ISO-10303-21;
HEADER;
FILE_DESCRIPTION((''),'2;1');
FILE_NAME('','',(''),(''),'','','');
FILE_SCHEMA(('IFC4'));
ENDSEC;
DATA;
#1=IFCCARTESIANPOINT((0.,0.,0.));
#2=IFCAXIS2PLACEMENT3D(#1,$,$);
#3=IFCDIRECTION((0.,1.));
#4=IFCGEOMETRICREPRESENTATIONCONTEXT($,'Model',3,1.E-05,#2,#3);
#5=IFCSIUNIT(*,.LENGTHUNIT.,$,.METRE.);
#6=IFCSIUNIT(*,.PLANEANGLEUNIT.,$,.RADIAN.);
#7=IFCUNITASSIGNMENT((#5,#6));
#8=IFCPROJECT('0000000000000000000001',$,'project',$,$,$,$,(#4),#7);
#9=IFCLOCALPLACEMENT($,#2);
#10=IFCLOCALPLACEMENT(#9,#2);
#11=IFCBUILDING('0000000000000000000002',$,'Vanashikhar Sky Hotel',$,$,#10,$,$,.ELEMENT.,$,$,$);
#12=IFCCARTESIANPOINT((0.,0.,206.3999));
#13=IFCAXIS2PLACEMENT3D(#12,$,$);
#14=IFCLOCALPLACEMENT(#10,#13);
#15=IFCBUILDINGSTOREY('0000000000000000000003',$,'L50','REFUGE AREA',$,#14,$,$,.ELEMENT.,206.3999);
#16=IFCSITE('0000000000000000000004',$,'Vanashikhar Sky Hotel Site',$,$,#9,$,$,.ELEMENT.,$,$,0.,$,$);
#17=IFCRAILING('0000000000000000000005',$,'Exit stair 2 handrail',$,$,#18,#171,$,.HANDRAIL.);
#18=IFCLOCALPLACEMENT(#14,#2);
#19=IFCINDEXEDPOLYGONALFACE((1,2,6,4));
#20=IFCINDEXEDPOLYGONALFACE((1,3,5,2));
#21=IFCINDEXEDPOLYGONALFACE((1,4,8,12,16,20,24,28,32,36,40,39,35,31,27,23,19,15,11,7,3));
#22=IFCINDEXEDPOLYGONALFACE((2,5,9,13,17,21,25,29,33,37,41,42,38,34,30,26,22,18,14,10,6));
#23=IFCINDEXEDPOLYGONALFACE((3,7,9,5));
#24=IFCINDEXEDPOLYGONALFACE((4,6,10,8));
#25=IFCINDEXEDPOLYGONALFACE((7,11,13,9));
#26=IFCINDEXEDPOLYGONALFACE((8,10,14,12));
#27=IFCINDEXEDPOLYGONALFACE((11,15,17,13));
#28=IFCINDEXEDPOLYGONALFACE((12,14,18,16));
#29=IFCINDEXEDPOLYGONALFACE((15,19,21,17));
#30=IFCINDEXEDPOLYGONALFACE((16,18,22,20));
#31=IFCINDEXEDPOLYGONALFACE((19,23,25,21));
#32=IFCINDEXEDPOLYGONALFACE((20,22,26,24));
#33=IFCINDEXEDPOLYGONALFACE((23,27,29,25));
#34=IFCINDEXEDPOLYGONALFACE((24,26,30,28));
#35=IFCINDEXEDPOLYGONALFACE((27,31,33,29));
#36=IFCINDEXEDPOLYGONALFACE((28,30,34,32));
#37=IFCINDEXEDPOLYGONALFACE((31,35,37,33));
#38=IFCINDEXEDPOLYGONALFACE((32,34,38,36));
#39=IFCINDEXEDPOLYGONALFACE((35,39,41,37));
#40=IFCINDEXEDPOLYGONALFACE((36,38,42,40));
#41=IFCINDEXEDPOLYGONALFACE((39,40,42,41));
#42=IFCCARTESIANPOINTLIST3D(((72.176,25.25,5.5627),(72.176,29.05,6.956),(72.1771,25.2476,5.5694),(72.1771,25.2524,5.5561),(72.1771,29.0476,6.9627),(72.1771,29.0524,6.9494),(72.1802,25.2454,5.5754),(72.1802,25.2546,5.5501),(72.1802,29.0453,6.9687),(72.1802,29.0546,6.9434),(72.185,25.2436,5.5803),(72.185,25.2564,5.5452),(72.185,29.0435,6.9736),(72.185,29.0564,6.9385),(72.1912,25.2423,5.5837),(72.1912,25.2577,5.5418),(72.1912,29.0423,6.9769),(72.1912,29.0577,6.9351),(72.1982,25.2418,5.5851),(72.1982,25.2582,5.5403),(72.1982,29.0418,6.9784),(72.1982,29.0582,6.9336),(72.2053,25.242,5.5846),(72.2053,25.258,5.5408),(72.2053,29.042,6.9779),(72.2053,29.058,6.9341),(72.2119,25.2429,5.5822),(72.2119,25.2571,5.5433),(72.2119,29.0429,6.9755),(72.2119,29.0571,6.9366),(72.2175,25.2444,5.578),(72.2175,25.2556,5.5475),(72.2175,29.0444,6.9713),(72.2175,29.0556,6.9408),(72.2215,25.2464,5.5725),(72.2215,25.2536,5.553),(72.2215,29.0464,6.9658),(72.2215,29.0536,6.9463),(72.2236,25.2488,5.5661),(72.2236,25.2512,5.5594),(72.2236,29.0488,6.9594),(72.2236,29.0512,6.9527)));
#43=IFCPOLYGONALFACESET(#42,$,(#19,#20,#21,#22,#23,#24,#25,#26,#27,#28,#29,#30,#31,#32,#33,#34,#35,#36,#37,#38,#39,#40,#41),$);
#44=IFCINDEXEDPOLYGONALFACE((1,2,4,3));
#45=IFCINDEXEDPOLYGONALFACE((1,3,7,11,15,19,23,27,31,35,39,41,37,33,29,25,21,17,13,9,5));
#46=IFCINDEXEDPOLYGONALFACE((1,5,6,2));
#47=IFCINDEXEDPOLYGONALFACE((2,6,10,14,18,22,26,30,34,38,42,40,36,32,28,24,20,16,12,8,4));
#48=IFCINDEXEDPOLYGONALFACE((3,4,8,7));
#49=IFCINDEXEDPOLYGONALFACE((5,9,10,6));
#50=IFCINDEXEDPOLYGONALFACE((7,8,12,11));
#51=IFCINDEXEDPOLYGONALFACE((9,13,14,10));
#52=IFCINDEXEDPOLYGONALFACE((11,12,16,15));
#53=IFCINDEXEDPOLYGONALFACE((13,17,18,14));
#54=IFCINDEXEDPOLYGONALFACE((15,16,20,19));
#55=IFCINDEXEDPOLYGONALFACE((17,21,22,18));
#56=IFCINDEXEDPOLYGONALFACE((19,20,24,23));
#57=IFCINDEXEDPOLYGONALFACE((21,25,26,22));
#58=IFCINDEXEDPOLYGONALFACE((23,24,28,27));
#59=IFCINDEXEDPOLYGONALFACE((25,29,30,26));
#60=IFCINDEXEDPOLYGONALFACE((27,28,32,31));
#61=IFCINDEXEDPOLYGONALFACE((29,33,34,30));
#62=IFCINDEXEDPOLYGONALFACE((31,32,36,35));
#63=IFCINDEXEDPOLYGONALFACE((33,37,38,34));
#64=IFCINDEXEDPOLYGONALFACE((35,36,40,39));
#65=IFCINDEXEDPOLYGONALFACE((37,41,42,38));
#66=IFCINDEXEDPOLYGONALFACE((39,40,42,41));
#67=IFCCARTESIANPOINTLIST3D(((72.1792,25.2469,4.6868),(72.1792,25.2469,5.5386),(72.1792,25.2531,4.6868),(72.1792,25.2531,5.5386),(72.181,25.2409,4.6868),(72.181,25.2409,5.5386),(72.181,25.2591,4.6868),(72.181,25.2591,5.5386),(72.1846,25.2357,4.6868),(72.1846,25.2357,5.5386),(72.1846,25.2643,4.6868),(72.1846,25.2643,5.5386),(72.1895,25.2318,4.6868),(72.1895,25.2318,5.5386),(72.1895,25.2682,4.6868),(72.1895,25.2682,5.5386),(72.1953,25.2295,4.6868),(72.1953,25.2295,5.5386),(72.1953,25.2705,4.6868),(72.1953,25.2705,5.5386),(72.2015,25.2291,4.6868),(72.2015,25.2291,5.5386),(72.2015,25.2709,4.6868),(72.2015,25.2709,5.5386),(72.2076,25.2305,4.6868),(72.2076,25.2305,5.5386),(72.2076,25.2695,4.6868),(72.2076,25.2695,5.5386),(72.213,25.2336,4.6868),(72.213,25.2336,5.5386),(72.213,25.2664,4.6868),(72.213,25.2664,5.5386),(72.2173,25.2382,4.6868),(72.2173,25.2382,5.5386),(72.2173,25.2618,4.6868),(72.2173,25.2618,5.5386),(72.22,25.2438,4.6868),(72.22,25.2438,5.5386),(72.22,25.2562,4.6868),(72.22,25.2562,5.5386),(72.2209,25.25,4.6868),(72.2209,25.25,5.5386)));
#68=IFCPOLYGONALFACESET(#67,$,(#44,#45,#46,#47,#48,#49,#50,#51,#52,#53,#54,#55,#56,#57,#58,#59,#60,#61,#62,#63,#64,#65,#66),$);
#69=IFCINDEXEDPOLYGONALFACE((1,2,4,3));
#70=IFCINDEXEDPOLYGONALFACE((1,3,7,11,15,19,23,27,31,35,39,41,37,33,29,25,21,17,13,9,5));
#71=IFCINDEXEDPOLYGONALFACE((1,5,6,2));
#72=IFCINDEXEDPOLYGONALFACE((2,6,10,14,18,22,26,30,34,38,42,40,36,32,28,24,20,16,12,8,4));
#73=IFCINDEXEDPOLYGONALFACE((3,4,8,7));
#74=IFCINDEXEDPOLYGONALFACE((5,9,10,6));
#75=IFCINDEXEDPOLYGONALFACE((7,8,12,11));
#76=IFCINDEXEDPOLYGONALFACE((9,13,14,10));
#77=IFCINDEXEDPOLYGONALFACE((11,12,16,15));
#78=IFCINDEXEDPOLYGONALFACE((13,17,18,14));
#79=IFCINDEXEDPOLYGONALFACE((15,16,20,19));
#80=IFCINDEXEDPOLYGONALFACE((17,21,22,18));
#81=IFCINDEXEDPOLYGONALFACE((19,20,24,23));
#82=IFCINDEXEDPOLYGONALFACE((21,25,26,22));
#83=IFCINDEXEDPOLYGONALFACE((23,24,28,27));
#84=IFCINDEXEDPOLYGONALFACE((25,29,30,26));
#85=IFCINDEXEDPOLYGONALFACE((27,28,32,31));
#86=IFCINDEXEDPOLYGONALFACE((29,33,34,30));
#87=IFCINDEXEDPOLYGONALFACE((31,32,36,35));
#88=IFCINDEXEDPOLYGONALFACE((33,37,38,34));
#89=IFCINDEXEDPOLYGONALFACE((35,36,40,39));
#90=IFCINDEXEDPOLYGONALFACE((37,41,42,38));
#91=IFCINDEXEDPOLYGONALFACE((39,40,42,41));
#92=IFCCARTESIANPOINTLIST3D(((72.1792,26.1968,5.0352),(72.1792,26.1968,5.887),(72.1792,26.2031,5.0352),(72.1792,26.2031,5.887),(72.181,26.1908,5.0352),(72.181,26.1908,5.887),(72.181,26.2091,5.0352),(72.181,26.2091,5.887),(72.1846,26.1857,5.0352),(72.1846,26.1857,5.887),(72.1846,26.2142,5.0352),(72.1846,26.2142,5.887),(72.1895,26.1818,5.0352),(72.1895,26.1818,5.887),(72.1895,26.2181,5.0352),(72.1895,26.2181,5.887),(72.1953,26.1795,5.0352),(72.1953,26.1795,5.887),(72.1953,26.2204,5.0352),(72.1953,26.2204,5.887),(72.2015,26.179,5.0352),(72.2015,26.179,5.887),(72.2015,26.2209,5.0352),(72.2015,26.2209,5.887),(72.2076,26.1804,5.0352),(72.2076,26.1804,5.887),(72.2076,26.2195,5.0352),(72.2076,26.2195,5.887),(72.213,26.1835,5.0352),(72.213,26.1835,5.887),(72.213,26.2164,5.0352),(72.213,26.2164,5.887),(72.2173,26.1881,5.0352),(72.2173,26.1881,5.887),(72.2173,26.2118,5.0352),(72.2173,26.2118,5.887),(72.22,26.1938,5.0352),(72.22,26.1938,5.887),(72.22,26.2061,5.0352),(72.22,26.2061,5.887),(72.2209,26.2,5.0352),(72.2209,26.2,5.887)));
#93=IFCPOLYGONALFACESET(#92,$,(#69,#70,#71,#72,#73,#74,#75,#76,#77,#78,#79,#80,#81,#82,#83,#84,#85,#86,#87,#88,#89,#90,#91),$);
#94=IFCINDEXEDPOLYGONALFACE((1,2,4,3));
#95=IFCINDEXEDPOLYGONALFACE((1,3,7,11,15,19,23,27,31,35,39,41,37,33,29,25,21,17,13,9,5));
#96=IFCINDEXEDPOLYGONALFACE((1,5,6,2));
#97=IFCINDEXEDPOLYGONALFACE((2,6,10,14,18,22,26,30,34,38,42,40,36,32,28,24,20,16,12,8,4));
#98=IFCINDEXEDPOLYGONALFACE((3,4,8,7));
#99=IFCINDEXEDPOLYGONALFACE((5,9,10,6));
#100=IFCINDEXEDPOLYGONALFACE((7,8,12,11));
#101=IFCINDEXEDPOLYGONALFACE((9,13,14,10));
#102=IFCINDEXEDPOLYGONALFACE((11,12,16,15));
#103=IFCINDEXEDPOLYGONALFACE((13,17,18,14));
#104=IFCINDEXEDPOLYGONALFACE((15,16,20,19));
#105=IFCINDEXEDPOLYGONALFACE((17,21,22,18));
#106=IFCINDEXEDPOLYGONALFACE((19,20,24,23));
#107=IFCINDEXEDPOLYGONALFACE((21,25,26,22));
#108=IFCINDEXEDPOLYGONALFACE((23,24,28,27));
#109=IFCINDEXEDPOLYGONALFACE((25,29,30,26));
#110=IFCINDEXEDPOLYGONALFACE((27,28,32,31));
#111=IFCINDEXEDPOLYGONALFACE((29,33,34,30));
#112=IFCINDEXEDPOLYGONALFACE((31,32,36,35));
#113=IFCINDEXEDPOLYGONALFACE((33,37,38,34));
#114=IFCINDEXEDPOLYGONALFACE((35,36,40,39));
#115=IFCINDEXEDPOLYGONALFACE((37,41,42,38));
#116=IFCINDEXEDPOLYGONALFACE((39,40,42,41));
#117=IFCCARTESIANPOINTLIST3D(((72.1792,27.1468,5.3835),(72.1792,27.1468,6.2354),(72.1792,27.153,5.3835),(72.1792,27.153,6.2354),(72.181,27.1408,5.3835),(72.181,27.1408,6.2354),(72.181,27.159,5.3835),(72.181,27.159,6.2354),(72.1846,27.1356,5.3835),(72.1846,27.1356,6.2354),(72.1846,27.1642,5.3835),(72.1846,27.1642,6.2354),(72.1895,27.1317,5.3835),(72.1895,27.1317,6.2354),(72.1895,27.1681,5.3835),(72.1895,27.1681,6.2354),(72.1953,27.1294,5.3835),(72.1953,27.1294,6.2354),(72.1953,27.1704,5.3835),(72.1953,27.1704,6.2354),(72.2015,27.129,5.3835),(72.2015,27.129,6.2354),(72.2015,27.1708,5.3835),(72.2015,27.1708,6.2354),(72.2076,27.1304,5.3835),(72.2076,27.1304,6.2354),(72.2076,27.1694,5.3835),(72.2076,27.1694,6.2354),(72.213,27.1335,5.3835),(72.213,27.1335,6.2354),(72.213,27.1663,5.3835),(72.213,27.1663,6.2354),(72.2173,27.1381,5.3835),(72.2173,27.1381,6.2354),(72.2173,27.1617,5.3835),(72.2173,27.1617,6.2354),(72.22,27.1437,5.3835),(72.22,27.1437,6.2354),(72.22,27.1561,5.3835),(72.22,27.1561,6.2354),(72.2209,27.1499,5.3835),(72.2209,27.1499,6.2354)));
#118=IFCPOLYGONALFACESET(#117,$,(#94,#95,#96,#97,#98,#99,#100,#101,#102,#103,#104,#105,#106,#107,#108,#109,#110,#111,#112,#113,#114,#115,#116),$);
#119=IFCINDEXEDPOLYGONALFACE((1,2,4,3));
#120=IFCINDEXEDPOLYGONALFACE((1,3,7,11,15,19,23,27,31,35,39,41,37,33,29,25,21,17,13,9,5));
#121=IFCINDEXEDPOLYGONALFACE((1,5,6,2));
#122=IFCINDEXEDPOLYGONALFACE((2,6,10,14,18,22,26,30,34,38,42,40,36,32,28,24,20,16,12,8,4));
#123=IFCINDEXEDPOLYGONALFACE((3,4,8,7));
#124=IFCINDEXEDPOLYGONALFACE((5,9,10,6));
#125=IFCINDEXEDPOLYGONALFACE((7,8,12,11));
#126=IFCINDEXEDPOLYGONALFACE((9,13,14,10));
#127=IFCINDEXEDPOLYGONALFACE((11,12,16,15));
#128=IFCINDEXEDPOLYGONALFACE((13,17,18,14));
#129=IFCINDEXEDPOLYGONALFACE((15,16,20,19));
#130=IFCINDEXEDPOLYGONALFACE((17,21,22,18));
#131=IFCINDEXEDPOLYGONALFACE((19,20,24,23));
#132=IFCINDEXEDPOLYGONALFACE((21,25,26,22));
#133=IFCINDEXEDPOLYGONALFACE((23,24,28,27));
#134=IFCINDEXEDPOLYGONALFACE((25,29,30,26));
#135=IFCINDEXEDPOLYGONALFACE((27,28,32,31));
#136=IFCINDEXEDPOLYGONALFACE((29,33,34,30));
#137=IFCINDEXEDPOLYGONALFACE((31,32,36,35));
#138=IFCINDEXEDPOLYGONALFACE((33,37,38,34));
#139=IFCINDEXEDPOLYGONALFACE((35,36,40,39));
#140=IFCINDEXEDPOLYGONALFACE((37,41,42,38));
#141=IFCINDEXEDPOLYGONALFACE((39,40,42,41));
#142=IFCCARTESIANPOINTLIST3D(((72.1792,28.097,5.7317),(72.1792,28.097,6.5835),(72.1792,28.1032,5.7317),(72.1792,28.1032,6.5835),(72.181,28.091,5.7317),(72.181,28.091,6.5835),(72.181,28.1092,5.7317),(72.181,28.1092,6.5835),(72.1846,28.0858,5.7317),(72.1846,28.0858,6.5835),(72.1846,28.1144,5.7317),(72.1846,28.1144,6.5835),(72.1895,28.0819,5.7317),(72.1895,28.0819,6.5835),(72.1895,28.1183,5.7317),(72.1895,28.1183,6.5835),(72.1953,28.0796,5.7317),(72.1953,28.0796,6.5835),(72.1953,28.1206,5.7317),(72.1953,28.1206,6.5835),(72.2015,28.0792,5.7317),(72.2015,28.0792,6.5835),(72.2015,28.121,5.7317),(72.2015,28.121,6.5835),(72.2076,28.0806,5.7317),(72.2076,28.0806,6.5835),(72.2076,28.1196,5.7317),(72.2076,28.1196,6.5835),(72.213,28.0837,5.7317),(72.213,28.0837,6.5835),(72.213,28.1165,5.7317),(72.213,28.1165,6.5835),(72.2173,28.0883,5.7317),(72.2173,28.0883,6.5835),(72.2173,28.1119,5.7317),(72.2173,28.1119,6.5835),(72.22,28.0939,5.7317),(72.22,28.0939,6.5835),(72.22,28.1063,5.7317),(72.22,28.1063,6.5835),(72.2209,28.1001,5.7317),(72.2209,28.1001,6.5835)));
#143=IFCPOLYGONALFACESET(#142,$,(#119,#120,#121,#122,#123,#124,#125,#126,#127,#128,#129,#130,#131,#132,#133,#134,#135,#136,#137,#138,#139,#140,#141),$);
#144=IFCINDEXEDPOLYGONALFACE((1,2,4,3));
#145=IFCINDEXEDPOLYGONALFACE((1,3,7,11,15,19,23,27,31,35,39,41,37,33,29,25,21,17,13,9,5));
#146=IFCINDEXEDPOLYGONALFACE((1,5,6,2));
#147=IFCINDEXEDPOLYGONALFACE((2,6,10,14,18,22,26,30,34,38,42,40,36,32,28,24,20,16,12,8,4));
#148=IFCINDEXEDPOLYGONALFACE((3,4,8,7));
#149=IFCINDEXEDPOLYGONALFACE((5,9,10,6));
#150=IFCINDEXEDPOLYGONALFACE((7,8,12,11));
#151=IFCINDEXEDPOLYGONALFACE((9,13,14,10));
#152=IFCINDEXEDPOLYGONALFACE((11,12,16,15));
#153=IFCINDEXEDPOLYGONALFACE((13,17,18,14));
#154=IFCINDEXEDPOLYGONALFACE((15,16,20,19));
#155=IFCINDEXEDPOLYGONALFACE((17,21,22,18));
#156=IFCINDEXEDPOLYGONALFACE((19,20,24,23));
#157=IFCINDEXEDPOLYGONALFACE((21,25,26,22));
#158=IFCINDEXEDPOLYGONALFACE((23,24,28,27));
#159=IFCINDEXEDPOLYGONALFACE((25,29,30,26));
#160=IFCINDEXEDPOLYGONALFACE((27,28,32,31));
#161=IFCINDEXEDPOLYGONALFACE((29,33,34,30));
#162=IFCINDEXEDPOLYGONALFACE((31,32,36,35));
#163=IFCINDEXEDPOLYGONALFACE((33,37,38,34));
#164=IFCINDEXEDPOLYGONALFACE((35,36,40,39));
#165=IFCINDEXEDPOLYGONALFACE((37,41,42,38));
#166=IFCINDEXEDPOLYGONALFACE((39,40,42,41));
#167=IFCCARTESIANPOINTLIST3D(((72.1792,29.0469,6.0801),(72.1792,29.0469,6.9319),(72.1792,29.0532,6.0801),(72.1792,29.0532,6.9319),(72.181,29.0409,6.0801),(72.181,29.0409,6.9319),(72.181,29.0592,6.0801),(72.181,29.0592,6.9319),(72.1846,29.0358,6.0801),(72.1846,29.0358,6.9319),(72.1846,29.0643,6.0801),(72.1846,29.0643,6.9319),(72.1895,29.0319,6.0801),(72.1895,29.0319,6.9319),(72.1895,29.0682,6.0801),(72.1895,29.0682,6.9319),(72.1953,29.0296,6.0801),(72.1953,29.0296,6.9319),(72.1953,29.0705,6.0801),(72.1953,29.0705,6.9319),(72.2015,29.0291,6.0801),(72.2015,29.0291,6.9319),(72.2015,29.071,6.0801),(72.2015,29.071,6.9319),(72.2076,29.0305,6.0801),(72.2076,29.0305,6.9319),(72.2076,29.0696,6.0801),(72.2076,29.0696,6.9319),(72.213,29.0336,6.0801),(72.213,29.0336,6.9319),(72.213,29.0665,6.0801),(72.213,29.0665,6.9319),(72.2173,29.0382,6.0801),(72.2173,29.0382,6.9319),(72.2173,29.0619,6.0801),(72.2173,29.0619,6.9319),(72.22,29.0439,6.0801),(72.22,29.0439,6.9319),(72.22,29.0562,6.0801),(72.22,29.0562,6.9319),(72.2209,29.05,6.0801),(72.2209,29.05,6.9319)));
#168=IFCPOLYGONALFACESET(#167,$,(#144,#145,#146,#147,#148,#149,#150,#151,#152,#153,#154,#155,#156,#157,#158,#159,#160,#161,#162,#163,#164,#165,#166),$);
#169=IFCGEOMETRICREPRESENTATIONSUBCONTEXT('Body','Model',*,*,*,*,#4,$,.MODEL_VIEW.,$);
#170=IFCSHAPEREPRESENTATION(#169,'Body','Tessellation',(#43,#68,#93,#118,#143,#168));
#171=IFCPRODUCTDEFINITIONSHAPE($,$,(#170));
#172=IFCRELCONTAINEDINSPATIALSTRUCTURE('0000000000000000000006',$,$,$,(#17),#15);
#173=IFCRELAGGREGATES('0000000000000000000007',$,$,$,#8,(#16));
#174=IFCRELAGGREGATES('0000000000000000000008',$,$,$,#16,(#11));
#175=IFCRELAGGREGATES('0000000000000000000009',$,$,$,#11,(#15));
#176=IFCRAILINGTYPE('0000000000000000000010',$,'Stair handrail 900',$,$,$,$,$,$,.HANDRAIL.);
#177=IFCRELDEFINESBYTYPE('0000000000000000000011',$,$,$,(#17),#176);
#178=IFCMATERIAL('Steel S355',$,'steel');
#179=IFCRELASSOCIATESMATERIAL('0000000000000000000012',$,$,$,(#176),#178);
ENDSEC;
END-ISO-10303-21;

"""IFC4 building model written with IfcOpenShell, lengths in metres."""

from ifc_helpers import new_model, si_unit, direction, frame, origin, origin_2d, place, context, subcontext, project, spatial, circle, extrude, source, transform, mapped, material, type_object, element, save


model = new_model("IFC4")

# Units and contexts
model_context = context("Model", 3, precision=1e-05, world=origin(), true_north=direction((0.0, 1.0)))
body_context = subcontext(model_context, "Body", "Model", "MODEL_VIEW")
ifc_project = project(units=[si_unit("LENGTHUNIT", "METRE"), si_unit("PLANEANGLEUNIT", "RADIAN")], contexts=[model_context])

# Site, building, storey
site_placement = place(None, origin())
site = spatial("IfcSite", under=ifc_project, at=site_placement, Name="Vanashikhar Sky Hotel Site", CompositionType="ELEMENT", RefElevation=0.0)
building_placement = place(site_placement, origin())
building = spatial("IfcBuilding", under=site, at=building_placement, Name="Vanashikhar Sky Hotel", CompositionType="ELEMENT")
storey_placement = place(building_placement, frame((0.0, 0.0, 206.3999)))
storey = spatial("IfcBuildingStorey", under=building, at=storey_placement, Name="L50", Description="REFUGE AREA", CompositionType="ELEMENT", Elevation=206.3999)

# Railing
ifc_material_1 = material(Name="Steel S355", Category="steel")
railing_type = type_object("IfcRailingType", Name="Stair handrail 900", PredefinedType="HANDRAIL", material=ifc_material_1)
shared_shape_1 = source(origin(), body_context, "Body", "SweptSolid", [
    extrude(circle(Radius=0.0239, at=origin_2d()), frame((0.0, 0.0, 0.876), z_axis=(0.0, 0.93888, 0.344246), x_axis=(-1.0, 0.0, 0.0)), (0.0, 0.0, 1.0), 4.0474),
    extrude(circle(Radius=0.021, at=origin_2d()), origin(), (0.0, 0.0, 1.0), 0.8518),
    extrude(circle(Radius=0.021, at=origin_2d()), frame((0.0, 0.95, 0.3484)), (0.0, 0.0, 1.0), 0.8518),
    extrude(circle(Radius=0.021, at=origin_2d()), frame((0.0, 1.8999, 0.6968)), (0.0, 0.0, 1.0), 0.8518),
    extrude(circle(Radius=0.021, at=origin_2d()), frame((0.0, 2.8501, 1.0449)), (0.0, 0.0, 1.0), 0.8518),
    extrude(circle(Radius=0.021, at=origin_2d()), frame((0.0, 3.8, 1.3933)), (0.0, 0.0, 1.0), 0.8518),
])
for number, where, name in (
    (1, (72.2, 25.25, 4.6868), "Exit stair 2 handrail"),
):
    element("IfcRailing", number, at=place(storey_placement, frame(where)), inside=storey, type_object=railing_type, Name=name, PredefinedType="HANDRAIL", context=body_context, shape_type="MappedRepresentation", body=[
        mapped(shared_shape_1, transform((0.0, 0.0, 0.0), scale=1.0)),
    ])

save(model, "model.ifc")
